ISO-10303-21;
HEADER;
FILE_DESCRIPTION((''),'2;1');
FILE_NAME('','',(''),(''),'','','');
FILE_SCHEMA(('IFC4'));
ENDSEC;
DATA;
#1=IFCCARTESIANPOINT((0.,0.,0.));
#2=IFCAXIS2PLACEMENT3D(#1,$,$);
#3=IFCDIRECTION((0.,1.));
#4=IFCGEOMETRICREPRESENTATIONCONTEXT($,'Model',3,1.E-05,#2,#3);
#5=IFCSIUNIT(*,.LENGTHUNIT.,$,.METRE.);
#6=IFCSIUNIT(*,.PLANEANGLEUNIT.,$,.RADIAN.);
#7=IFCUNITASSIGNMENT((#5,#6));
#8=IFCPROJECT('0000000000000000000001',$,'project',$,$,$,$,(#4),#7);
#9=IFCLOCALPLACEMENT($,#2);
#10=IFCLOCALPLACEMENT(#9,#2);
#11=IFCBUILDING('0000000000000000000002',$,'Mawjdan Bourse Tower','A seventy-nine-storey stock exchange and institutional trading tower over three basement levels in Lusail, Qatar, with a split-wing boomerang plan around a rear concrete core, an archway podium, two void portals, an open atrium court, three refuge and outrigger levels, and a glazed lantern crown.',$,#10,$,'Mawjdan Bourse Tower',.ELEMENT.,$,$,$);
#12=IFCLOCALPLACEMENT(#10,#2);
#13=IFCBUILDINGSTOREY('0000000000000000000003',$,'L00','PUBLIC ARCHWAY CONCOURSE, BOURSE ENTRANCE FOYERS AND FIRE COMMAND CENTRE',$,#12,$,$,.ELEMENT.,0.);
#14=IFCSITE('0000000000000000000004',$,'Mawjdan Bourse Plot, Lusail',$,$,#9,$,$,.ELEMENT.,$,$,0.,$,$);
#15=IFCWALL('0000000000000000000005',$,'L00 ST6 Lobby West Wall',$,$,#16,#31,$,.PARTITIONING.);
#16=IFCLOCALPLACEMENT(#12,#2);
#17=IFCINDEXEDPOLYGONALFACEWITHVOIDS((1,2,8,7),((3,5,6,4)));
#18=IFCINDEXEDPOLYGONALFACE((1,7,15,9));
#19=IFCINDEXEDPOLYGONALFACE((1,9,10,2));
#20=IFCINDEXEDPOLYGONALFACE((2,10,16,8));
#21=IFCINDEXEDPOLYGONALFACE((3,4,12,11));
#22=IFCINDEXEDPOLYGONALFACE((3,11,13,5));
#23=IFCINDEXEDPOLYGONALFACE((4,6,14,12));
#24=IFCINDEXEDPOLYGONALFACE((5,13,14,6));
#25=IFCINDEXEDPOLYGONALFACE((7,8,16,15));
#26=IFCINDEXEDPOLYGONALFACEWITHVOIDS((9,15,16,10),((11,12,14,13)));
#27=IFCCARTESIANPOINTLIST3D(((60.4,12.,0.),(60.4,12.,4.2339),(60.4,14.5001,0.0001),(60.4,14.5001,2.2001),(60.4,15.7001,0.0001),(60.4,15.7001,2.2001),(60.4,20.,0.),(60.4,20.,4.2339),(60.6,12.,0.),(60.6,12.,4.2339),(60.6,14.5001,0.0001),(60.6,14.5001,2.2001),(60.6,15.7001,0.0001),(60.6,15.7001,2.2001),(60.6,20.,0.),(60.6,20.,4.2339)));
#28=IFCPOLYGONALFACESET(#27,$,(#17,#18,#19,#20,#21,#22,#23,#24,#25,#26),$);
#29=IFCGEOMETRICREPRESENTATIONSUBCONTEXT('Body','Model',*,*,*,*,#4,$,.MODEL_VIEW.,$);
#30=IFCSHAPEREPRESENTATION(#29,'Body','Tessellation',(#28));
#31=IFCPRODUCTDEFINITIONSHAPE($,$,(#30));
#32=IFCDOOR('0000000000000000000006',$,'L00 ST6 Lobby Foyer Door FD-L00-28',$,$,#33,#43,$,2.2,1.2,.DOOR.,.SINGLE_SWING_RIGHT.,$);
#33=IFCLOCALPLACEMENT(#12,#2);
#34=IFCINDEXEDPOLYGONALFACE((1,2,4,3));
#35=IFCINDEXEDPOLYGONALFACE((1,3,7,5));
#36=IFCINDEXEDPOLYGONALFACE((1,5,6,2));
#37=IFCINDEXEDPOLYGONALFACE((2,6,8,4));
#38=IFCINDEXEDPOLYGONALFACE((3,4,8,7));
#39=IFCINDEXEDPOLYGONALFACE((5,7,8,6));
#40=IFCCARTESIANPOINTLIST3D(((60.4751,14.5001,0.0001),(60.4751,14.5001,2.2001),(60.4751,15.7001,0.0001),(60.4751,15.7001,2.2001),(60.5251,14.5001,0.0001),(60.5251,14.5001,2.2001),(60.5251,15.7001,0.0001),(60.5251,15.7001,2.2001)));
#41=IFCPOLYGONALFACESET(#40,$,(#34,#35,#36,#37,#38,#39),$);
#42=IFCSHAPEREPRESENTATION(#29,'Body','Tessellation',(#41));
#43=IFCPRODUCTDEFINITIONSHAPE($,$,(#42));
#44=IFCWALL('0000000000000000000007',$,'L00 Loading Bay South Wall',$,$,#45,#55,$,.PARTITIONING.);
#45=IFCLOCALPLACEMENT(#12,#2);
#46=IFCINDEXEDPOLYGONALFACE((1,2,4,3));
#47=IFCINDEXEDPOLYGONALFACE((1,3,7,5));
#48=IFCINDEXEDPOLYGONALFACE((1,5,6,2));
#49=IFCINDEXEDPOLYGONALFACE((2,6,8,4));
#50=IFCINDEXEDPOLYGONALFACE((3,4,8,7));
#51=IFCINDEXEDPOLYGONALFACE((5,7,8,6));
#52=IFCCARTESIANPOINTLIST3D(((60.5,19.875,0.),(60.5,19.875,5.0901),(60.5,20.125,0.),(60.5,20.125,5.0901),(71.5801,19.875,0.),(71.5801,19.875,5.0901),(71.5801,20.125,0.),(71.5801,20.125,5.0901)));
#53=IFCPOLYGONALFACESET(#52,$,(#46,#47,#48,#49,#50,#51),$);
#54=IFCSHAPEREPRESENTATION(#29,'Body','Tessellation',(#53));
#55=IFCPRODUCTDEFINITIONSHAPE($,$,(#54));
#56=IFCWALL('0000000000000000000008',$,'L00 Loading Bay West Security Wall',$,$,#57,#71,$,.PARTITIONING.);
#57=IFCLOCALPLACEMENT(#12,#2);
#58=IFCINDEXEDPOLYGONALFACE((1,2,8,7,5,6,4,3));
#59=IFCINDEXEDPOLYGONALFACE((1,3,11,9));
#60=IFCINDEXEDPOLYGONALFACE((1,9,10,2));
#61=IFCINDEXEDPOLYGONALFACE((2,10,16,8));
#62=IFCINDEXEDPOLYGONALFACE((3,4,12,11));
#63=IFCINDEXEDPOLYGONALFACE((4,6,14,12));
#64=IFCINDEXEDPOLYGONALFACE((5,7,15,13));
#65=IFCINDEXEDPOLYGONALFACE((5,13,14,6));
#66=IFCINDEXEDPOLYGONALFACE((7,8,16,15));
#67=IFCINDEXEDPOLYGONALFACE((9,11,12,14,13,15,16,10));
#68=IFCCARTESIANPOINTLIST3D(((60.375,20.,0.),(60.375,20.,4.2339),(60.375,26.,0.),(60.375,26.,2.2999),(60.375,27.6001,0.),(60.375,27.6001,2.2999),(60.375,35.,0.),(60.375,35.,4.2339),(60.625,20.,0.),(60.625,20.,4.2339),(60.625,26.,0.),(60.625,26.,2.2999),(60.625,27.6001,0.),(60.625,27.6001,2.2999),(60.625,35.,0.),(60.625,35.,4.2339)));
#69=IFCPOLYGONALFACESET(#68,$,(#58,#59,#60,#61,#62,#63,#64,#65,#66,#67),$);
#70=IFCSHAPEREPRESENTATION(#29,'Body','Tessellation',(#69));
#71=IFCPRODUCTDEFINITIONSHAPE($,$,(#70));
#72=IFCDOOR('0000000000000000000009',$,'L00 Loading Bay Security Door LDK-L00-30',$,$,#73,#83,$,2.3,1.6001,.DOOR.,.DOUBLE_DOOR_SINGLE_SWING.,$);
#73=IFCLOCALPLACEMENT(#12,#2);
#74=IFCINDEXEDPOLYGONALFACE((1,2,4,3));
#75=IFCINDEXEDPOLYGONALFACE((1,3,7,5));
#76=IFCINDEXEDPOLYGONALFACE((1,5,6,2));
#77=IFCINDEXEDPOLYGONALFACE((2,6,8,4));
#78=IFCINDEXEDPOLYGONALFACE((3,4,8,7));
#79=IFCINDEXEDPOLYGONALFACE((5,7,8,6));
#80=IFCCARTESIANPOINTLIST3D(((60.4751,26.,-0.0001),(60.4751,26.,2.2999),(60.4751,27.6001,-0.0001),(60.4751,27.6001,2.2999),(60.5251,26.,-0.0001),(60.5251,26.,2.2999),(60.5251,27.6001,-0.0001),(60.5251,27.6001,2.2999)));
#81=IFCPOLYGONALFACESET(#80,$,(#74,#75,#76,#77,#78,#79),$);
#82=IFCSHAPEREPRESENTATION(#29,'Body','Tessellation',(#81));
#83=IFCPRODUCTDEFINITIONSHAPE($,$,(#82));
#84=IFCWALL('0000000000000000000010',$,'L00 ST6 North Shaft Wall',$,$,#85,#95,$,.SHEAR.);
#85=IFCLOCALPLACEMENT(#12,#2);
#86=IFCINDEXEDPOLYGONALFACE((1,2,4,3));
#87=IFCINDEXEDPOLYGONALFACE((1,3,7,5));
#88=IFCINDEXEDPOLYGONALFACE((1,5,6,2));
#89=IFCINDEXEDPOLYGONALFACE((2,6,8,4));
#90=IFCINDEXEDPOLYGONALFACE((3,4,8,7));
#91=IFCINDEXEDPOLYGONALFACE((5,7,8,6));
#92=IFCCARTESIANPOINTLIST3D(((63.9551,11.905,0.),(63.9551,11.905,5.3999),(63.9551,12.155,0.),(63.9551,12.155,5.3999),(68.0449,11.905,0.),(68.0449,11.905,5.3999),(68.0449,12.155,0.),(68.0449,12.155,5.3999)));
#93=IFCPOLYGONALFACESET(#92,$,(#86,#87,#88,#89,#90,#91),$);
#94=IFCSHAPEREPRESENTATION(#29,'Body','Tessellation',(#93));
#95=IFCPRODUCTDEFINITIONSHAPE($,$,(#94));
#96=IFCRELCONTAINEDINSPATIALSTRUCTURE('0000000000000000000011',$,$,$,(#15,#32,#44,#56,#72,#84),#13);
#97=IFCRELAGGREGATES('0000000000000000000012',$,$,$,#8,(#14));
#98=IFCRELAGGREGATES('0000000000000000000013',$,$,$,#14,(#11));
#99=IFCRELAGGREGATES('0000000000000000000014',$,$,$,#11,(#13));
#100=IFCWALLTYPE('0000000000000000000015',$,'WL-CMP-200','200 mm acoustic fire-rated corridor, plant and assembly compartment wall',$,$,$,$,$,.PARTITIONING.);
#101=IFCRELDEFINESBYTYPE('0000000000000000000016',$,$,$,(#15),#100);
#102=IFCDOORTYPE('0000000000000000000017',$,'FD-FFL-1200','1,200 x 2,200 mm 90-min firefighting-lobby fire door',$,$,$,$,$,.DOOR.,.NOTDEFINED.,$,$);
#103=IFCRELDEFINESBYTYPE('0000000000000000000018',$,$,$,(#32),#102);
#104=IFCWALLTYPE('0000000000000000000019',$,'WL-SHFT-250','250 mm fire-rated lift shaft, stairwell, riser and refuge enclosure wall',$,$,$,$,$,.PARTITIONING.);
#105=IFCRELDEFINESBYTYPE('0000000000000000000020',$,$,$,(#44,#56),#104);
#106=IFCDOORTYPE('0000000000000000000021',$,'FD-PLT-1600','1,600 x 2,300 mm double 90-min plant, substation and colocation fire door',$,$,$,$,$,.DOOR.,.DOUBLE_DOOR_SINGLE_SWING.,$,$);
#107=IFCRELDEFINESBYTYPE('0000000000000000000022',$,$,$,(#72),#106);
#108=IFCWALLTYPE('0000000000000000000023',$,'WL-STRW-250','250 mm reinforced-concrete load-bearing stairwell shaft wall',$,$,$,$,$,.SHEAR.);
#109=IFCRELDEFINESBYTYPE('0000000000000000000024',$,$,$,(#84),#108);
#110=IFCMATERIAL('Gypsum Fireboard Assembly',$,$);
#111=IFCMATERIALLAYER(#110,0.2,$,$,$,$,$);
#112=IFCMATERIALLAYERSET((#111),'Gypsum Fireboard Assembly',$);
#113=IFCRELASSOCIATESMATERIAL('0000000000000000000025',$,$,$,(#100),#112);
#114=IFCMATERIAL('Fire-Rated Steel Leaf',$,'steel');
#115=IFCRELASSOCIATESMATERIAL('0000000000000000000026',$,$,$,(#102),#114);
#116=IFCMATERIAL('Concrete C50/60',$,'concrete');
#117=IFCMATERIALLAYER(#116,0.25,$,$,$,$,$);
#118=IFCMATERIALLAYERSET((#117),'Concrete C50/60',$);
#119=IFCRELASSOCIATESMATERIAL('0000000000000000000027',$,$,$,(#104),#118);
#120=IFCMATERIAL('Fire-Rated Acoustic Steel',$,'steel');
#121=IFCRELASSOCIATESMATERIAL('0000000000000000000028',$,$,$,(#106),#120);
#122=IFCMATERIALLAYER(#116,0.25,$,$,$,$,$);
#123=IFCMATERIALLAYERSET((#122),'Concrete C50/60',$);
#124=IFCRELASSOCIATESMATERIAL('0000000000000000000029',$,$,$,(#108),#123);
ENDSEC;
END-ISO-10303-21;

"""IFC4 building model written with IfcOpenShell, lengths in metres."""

from ifc_helpers import new_model, si_unit, direction, frame, frame_2d, origin, place, context, subcontext, project, spatial, rectangle, extrude, material, layer, layer_set, type_object, element, fill, save


model = new_model("IFC4")

# Units and contexts
model_context = context("Model", 3, precision=1e-05, world=origin(), true_north=direction((0.0, 1.0)))
body_context = subcontext(model_context, "Body", "Model", "MODEL_VIEW")
ifc_project = project(units=[si_unit("LENGTHUNIT", "METRE"), si_unit("PLANEANGLEUNIT", "RADIAN")], contexts=[model_context])

# Site, building, storey
site_placement = place(None, origin())
site = spatial("IfcSite", under=ifc_project, at=site_placement, Name="Mawjdan Bourse Plot, Lusail", CompositionType="ELEMENT", RefElevation=0.0)
building_placement = place(site_placement, origin())
building = spatial("IfcBuilding", under=site, at=building_placement, Name="Mawjdan Bourse Tower", Description="A seventy-nine-storey stock exchange and institutional trading tower over three basement levels in Lusail, Qatar, with a split-wing boomerang plan around a rear concrete core, an archway podium, two void portals, an open atrium court, three refuge and outrigger levels, and a glazed lantern crown.", LongName="Mawjdan Bourse Tower", CompositionType="ELEMENT")
storey_placement = place(building_placement, origin())
storey = spatial("IfcBuildingStorey", under=building, at=storey_placement, Name="L00", Description="PUBLIC ARCHWAY CONCOURSE, BOURSE ENTRANCE FOYERS AND FIRE COMMAND CENTRE", CompositionType="ELEMENT", Elevation=0.0)

# Wall, opening, door
ifc_material_1 = material(Name="Gypsum Fireboard Assembly")
ifc_layer_1 = layer(ifc_material_1, 0.2)
ifc_layer_set_1 = layer_set([ifc_layer_1], Name="Gypsum Fireboard Assembly")
wall_type_1 = type_object("IfcWallType", Name="WL-CMP-200", Description="200 mm acoustic fire-rated corridor, plant and assembly compartment wall", PredefinedType="PARTITIONING", material=ifc_layer_set_1)
wall_1_placement = place(storey_placement, frame((60.5, 12.0, 0.0), z_axis=(0.0, 0.0, 1.0), x_axis=(0.0, 1.0, 0.0)))
wall_1 = element("IfcWall", 1, at=wall_1_placement, inside=storey, type_object=wall_type_1, Name="L00 ST6 Lobby West Wall", PredefinedType="PARTITIONING", context=body_context, shape_type="SweptSolid", body=[
    extrude(rectangle(XDim=8.0, YDim=0.2, at=frame_2d((4.0, 0.0))), origin(), (0.0, 0.0, 1.0), 4.2339),
])
opening_1_placement = place(wall_1_placement, frame((2.5, 0.0, 0.0)))
opening_1 = element("IfcOpeningElement", 2, at=opening_1_placement, cuts=wall_1, PredefinedType="OPENING", context=body_context, shape_type="SweptSolid", body=[
    extrude(rectangle(XDim=1.2, YDim=2.2, at=frame_2d((0.6001, 1.1001))), frame((0.0, 0.1099, 0.0), z_axis=(0.0, -1.0, 0.0), x_axis=(1.0, 0.0, 0.0)), (0.0, 0.0, 1.0), 0.22),
])
ifc_material_2 = material(Name="Fire-Rated Steel Leaf", Category="steel")
door_type_1 = type_object("IfcDoorType", Name="FD-FFL-1200", Description="1,200 x 2,200 mm 90-min firefighting-lobby fire door", OperationType="NOTDEFINED", PredefinedType="DOOR", material=ifc_material_2)
door_1_placement = place(opening_1_placement, origin())
door_1 = element("IfcDoor", 3, at=door_1_placement, inside=storey, type_object=door_type_1, Name="L00 ST6 Lobby Foyer Door FD-L00-28", OperationType="SINGLE_SWING_RIGHT", OverallHeight=2.2, OverallWidth=1.2, PredefinedType="DOOR", context=body_context, shape_type="SweptSolid", body=[
    extrude(rectangle(XDim=1.2, YDim=2.2, at=frame_2d((0.6001, 1.1001))), frame((0.0, 0.0249, 0.0), z_axis=(0.0, -1.0, 0.0), x_axis=(1.0, 0.0, 0.0)), (0.0, 0.0, 1.0), 0.05),
])
fill(opening_1, door_1)

# Wall
ifc_material_3 = material(Name="Concrete C50/60", Category="concrete")
ifc_layer_2 = layer(ifc_material_3, 0.25)
ifc_layer_set_2 = layer_set([ifc_layer_2], Name="Concrete C50/60")
wall_type_2 = type_object("IfcWallType", Name="WL-SHFT-250", Description="250 mm fire-rated lift shaft, stairwell, riser and refuge enclosure wall", PredefinedType="PARTITIONING", material=ifc_layer_set_2)
wall_2_placement = place(storey_placement, frame((60.5, 20.0, 0.0), z_axis=(0.0, 0.0, 1.0), x_axis=(1.0, 0.0, 0.0)))
element("IfcWall", 4, at=wall_2_placement, inside=storey, type_object=wall_type_2, Name="L00 Loading Bay South Wall", PredefinedType="PARTITIONING", context=body_context, shape_type="SweptSolid", body=[
    extrude(rectangle(XDim=11.0801, YDim=0.25, at=frame_2d((5.54, 0.0))), origin(), (0.0, 0.0, 1.0), 5.0901),
])

# Wall, opening, door
wall_3_placement = place(storey_placement, frame((60.5, 20.0, 0.0), z_axis=(0.0, 0.0, 1.0), x_axis=(0.0, 1.0, 0.0)))
wall_3 = element("IfcWall", 5, at=wall_3_placement, inside=storey, type_object=wall_type_2, Name="L00 Loading Bay West Security Wall", PredefinedType="PARTITIONING", context=body_context, shape_type="SweptSolid", body=[
    extrude(rectangle(XDim=15.0, YDim=0.25, at=frame_2d((7.5, 0.0))), origin(), (0.0, 0.0, 1.0), 4.2339),
])
opening_2_placement = place(wall_3_placement, frame((6.0, 0.0, 0.0)))
opening_2 = element("IfcOpeningElement", 6, at=opening_2_placement, cuts=wall_3, PredefinedType="OPENING", context=body_context, shape_type="SweptSolid", body=[
    extrude(rectangle(XDim=1.6001, YDim=2.3, at=frame_2d((0.8, 1.1499))), frame((0.0, 0.135, 0.0), z_axis=(0.0, -1.0, 0.0), x_axis=(1.0, 0.0, 0.0)), (0.0, 0.0, 1.0), 0.27),
])
ifc_material_4 = material(Name="Fire-Rated Acoustic Steel", Category="steel")
door_type_2 = type_object("IfcDoorType", Name="FD-PLT-1600", Description="1,600 x 2,300 mm double 90-min plant, substation and colocation fire door", OperationType="DOUBLE_DOOR_SINGLE_SWING", PredefinedType="DOOR", material=ifc_material_4)
door_2_placement = place(opening_2_placement, origin())
door_2 = element("IfcDoor", 7, at=door_2_placement, inside=storey, type_object=door_type_2, Name="L00 Loading Bay Security Door LDK-L00-30", OperationType="DOUBLE_DOOR_SINGLE_SWING", OverallHeight=2.3, OverallWidth=1.6001, PredefinedType="DOOR", context=body_context, shape_type="SweptSolid", body=[
    extrude(rectangle(XDim=1.6001, YDim=2.3, at=frame_2d((0.8, 1.1499))), frame((0.0, 0.0249, 0.0), z_axis=(0.0, -1.0, 0.0), x_axis=(1.0, 0.0, 0.0)), (0.0, 0.0, 1.0), 0.05),
])
fill(opening_2, door_2)

# Wall
ifc_layer_3 = layer(ifc_material_3, 0.25)
ifc_layer_set_3 = layer_set([ifc_layer_3], Name="Concrete C50/60")
wall_type_3 = type_object("IfcWallType", Name="WL-STRW-250", Description="250 mm reinforced-concrete load-bearing stairwell shaft wall", PredefinedType="SHEAR", material=ifc_layer_set_3)
wall_4_placement = place(storey_placement, frame((63.9551, 12.03, 0.0), z_axis=(0.0, 0.0, 1.0), x_axis=(1.0, 0.0, 0.0)))
element("IfcWall", 8, at=wall_4_placement, inside=storey, type_object=wall_type_3, Name="L00 ST6 North Shaft Wall", PredefinedType="SHEAR", context=body_context, shape_type="SweptSolid", body=[
    extrude(rectangle(XDim=4.0898, YDim=0.25, at=frame_2d((2.0449, 0.0))), origin(), (0.0, 0.0, 1.0), 5.3999),
])

save(model, "model.ifc")
